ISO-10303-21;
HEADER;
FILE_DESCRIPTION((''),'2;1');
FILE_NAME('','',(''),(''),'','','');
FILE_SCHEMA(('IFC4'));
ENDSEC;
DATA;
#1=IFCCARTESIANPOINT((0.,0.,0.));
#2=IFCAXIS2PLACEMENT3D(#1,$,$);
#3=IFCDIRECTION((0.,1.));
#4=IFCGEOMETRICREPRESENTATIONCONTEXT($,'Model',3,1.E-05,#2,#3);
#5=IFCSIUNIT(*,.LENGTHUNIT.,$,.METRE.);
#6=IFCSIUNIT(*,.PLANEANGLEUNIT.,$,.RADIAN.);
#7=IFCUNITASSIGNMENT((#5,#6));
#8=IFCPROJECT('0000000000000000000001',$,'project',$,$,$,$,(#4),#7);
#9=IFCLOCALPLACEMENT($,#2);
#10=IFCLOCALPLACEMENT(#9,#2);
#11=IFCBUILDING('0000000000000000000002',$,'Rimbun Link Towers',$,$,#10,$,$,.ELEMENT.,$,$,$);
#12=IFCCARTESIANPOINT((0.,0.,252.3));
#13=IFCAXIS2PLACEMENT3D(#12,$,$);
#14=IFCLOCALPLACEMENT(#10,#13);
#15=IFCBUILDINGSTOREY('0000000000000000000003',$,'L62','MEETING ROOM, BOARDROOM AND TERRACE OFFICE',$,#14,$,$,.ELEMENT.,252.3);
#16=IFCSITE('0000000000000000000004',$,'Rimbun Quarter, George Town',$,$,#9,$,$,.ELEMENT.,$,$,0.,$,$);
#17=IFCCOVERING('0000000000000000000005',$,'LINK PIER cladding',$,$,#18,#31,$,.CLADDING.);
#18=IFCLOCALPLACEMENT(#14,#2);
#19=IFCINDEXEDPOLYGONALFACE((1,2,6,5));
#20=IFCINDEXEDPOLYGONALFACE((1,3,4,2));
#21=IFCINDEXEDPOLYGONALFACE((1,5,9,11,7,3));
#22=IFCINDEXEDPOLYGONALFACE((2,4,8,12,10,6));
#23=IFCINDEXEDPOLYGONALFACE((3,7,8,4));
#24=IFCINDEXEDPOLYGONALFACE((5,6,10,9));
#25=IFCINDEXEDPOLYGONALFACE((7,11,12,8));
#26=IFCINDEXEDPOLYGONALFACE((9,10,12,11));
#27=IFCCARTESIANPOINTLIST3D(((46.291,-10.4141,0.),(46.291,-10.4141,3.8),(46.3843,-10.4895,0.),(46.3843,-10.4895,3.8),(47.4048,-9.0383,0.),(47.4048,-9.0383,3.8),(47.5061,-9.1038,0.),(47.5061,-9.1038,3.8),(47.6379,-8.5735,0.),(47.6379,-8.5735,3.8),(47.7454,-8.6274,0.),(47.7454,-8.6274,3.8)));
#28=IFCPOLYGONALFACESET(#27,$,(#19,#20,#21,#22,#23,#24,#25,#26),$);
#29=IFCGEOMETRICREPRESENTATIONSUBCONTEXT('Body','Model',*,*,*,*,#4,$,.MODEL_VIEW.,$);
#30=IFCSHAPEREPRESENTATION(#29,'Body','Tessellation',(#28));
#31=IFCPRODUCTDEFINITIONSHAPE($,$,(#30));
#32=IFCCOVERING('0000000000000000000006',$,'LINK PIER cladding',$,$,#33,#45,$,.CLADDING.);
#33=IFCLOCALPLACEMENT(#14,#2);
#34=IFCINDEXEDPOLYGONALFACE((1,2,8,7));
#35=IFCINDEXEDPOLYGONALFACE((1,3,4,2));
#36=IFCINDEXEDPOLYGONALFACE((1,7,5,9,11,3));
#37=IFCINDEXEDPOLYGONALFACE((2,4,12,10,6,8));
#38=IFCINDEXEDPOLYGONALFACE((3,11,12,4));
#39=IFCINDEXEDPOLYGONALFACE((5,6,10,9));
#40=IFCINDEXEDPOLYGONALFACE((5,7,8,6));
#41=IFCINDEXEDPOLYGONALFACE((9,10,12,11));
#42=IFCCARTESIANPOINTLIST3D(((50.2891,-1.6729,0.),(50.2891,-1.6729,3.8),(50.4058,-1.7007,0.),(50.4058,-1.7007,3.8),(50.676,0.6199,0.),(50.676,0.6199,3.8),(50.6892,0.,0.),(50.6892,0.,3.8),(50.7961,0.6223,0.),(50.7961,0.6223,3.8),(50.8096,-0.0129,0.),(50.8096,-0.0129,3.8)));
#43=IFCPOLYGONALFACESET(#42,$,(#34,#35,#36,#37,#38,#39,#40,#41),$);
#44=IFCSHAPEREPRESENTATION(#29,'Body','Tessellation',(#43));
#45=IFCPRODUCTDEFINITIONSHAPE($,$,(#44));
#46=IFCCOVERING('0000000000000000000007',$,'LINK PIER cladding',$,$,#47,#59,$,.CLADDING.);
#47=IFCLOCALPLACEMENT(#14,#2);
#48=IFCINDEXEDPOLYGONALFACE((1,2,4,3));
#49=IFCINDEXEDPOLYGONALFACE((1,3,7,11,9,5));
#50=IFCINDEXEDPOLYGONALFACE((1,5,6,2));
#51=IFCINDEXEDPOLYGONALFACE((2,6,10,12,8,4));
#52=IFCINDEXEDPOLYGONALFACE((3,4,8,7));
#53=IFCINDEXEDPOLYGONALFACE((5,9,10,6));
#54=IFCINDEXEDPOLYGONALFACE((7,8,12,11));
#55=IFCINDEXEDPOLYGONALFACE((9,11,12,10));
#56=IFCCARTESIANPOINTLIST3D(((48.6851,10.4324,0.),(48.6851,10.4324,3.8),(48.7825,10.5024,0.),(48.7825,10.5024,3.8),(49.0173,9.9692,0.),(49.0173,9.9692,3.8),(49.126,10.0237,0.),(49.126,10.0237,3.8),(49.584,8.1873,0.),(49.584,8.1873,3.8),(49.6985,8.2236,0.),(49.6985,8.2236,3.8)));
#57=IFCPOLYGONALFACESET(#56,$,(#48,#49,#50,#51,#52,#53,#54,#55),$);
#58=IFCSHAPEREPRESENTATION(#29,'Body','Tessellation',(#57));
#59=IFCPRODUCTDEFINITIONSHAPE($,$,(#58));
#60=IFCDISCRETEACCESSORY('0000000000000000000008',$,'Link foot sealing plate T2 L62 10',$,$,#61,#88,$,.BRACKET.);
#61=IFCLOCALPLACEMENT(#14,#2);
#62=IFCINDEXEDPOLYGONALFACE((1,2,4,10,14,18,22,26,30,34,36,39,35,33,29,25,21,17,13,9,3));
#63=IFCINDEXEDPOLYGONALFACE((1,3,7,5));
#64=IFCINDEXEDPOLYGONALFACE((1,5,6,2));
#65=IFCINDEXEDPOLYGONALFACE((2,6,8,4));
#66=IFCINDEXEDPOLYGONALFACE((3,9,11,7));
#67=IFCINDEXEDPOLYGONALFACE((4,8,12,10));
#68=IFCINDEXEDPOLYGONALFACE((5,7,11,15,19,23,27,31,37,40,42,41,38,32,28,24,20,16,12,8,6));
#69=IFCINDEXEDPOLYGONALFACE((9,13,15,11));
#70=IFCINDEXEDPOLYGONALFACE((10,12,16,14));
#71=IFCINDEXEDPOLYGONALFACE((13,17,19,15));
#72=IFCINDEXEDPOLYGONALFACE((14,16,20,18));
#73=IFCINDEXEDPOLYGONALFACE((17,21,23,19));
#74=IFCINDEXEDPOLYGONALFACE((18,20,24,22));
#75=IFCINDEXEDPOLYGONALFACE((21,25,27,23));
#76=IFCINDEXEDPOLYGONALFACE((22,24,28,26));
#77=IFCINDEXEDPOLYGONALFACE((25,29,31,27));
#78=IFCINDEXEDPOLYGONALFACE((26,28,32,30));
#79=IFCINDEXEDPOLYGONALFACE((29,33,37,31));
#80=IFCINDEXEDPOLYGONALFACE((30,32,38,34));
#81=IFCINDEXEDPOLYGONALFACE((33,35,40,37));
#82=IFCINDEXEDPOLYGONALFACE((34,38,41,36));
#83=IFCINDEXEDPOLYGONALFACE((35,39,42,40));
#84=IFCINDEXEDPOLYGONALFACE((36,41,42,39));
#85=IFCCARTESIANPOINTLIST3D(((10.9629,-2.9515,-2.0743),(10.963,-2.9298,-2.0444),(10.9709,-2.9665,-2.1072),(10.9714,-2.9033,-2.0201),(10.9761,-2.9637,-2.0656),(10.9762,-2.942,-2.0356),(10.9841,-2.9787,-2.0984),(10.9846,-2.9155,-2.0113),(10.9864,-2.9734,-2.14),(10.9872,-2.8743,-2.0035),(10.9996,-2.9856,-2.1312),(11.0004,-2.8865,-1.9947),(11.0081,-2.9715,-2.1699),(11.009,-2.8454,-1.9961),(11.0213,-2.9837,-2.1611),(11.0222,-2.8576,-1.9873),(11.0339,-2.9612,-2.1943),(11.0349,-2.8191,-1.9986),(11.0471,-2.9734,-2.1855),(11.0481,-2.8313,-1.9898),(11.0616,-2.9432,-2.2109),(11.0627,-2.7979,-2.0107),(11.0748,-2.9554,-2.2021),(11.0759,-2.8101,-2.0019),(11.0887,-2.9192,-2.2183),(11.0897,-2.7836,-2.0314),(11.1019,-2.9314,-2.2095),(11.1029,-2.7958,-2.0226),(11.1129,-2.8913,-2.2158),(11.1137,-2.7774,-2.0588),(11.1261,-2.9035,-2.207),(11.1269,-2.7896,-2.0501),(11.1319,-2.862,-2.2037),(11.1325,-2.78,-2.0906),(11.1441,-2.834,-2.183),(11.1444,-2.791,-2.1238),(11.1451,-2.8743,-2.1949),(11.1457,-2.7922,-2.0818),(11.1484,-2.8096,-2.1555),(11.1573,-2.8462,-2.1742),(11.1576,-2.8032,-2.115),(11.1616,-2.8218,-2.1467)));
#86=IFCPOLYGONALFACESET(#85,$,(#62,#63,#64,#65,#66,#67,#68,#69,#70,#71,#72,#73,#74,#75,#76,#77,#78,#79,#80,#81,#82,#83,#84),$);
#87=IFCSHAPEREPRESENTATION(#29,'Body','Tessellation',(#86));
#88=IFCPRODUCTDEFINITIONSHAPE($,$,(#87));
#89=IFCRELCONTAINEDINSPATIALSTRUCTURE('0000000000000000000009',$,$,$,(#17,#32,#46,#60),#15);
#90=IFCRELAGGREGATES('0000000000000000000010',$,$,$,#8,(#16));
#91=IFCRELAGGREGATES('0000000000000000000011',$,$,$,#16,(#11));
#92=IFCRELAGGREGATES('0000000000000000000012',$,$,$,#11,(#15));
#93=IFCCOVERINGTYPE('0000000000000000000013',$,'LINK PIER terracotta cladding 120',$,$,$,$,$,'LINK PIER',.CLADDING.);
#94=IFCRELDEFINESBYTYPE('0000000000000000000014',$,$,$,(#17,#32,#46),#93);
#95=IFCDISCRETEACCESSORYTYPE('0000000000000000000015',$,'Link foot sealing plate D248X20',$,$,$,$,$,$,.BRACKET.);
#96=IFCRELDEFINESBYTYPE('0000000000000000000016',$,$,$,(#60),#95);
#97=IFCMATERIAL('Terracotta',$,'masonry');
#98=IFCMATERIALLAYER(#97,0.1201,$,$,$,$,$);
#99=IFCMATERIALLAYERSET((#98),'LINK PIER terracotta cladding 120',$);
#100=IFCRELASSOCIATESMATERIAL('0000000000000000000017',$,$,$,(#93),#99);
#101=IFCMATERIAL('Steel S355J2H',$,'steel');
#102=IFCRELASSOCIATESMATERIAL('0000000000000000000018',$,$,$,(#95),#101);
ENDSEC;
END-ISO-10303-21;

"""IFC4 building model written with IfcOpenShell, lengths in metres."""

from ifc_helpers import new_model, si_unit, direction, frame, origin, origin_2d, place, context, subcontext, project, spatial, polyline, circle, outline, extrude, material, layer, layer_set, material_profile, profile_set, type_object, element, save


model = new_model("IFC4")

# Units and contexts
model_context = context("Model", 3, precision=1e-05, world=origin(), true_north=direction((0.0, 1.0)))
body_context = subcontext(model_context, "Body", "Model", "MODEL_VIEW")
ifc_project = project(units=[si_unit("LENGTHUNIT", "METRE"), si_unit("PLANEANGLEUNIT", "RADIAN")], contexts=[model_context])

# Site, building, storey
site_placement = place(None, origin())
site = spatial("IfcSite", under=ifc_project, at=site_placement, Name="Rimbun Quarter, George Town", CompositionType="ELEMENT", RefElevation=0.0)
building_placement = place(site_placement, origin())
building = spatial("IfcBuilding", under=site, at=building_placement, Name="Rimbun Link Towers", CompositionType="ELEMENT")
storey_placement = place(building_placement, frame((0.0, 0.0, 252.3)))
storey = spatial("IfcBuildingStorey", under=building, at=storey_placement, Name="L62", Description="MEETING ROOM, BOARDROOM AND TERRACE OFFICE", CompositionType="ELEMENT", Elevation=252.3)

# Coverings
ifc_material_1 = material(Name="Terracotta", Category="masonry")
ifc_layer_1 = layer(ifc_material_1, 0.1201)
ifc_layer_set_1 = layer_set([ifc_layer_1], Name="LINK PIER terracotta cladding 120")
covering_type = type_object("IfcCoveringType", Name="LINK PIER terracotta cladding 120", ElementType="LINK PIER", PredefinedType="CLADDING", material=ifc_layer_set_1)
covering_1_placement = place(storey_placement, origin())
element("IfcCovering", 1, at=covering_1_placement, inside=storey, type_object=covering_type, Name="LINK PIER cladding", PredefinedType="CLADDING", context=body_context, shape_type="SweptSolid", body=[
    extrude(outline(polyline([(47.6379, -8.5735), (47.4048, -9.0383), (46.291, -10.4141), (46.3843, -10.4895), (47.5061, -9.1038), (47.7454, -8.6274), (47.6379, -8.5735)])), origin(), (0.0, 0.0, 1.0), 3.8),
])
covering_2_placement = place(storey_placement, origin())
element("IfcCovering", 2, at=covering_2_placement, inside=storey, type_object=covering_type, Name="LINK PIER cladding", PredefinedType="CLADDING", context=body_context, shape_type="SweptSolid", body=[
    extrude(outline(polyline([(50.676, 0.6199), (50.6892, 0.0), (50.2891, -1.6729), (50.4058, -1.7007), (50.8096, -0.0129), (50.7961, 0.6223), (50.676, 0.6199)])), origin(), (0.0, 0.0, 1.0), 3.8),
])
covering_3_placement = place(storey_placement, origin())
element("IfcCovering", 3, at=covering_3_placement, inside=storey, type_object=covering_type, Name="LINK PIER cladding", PredefinedType="CLADDING", context=body_context, shape_type="SweptSolid", body=[
    extrude(outline(polyline([(48.6851, 10.4324), (49.0173, 9.9692), (49.584, 8.1873), (49.6985, 8.2236), (49.126, 10.0237), (48.7825, 10.5024), (48.6851, 10.4324)])), origin(), (0.0, 0.0, 1.0), 3.8),
])

# Discrete accessory
ifc_material_2 = material(Name="Steel S355J2H", Category="steel")
ifc_material_profile_1 = material_profile(ifc_material_2, circle(Radius=0.124, at=origin_2d()), Name="PL D248")
ifc_profile_set_1 = profile_set([ifc_material_profile_1], Name="Steel S355J2H")
discrete_accessory_type = type_object("IfcDiscreteAccessoryType", Name="Link foot sealing plate D248X20", PredefinedType="BRACKET", material=ifc_profile_set_1)
discrete_accessory_placement = place(storey_placement, frame((11.0684, -2.8877, -2.0984), z_axis=(-0.659125, 0.610301, -0.439417), x_axis=(-0.679408, -0.733761, 0.0)))
element("IfcDiscreteAccessory", 4, at=discrete_accessory_placement, inside=storey, type_object=discrete_accessory_type, Name="Link foot sealing plate T2 L62 10", PredefinedType="BRACKET", context=body_context, shape_type="SweptSolid", body=[
    extrude(circle(Radius=0.124, at=origin_2d()), origin(), (0.0, 0.0, 1.0), 0.02),
])

save(model, "model.ifc")
